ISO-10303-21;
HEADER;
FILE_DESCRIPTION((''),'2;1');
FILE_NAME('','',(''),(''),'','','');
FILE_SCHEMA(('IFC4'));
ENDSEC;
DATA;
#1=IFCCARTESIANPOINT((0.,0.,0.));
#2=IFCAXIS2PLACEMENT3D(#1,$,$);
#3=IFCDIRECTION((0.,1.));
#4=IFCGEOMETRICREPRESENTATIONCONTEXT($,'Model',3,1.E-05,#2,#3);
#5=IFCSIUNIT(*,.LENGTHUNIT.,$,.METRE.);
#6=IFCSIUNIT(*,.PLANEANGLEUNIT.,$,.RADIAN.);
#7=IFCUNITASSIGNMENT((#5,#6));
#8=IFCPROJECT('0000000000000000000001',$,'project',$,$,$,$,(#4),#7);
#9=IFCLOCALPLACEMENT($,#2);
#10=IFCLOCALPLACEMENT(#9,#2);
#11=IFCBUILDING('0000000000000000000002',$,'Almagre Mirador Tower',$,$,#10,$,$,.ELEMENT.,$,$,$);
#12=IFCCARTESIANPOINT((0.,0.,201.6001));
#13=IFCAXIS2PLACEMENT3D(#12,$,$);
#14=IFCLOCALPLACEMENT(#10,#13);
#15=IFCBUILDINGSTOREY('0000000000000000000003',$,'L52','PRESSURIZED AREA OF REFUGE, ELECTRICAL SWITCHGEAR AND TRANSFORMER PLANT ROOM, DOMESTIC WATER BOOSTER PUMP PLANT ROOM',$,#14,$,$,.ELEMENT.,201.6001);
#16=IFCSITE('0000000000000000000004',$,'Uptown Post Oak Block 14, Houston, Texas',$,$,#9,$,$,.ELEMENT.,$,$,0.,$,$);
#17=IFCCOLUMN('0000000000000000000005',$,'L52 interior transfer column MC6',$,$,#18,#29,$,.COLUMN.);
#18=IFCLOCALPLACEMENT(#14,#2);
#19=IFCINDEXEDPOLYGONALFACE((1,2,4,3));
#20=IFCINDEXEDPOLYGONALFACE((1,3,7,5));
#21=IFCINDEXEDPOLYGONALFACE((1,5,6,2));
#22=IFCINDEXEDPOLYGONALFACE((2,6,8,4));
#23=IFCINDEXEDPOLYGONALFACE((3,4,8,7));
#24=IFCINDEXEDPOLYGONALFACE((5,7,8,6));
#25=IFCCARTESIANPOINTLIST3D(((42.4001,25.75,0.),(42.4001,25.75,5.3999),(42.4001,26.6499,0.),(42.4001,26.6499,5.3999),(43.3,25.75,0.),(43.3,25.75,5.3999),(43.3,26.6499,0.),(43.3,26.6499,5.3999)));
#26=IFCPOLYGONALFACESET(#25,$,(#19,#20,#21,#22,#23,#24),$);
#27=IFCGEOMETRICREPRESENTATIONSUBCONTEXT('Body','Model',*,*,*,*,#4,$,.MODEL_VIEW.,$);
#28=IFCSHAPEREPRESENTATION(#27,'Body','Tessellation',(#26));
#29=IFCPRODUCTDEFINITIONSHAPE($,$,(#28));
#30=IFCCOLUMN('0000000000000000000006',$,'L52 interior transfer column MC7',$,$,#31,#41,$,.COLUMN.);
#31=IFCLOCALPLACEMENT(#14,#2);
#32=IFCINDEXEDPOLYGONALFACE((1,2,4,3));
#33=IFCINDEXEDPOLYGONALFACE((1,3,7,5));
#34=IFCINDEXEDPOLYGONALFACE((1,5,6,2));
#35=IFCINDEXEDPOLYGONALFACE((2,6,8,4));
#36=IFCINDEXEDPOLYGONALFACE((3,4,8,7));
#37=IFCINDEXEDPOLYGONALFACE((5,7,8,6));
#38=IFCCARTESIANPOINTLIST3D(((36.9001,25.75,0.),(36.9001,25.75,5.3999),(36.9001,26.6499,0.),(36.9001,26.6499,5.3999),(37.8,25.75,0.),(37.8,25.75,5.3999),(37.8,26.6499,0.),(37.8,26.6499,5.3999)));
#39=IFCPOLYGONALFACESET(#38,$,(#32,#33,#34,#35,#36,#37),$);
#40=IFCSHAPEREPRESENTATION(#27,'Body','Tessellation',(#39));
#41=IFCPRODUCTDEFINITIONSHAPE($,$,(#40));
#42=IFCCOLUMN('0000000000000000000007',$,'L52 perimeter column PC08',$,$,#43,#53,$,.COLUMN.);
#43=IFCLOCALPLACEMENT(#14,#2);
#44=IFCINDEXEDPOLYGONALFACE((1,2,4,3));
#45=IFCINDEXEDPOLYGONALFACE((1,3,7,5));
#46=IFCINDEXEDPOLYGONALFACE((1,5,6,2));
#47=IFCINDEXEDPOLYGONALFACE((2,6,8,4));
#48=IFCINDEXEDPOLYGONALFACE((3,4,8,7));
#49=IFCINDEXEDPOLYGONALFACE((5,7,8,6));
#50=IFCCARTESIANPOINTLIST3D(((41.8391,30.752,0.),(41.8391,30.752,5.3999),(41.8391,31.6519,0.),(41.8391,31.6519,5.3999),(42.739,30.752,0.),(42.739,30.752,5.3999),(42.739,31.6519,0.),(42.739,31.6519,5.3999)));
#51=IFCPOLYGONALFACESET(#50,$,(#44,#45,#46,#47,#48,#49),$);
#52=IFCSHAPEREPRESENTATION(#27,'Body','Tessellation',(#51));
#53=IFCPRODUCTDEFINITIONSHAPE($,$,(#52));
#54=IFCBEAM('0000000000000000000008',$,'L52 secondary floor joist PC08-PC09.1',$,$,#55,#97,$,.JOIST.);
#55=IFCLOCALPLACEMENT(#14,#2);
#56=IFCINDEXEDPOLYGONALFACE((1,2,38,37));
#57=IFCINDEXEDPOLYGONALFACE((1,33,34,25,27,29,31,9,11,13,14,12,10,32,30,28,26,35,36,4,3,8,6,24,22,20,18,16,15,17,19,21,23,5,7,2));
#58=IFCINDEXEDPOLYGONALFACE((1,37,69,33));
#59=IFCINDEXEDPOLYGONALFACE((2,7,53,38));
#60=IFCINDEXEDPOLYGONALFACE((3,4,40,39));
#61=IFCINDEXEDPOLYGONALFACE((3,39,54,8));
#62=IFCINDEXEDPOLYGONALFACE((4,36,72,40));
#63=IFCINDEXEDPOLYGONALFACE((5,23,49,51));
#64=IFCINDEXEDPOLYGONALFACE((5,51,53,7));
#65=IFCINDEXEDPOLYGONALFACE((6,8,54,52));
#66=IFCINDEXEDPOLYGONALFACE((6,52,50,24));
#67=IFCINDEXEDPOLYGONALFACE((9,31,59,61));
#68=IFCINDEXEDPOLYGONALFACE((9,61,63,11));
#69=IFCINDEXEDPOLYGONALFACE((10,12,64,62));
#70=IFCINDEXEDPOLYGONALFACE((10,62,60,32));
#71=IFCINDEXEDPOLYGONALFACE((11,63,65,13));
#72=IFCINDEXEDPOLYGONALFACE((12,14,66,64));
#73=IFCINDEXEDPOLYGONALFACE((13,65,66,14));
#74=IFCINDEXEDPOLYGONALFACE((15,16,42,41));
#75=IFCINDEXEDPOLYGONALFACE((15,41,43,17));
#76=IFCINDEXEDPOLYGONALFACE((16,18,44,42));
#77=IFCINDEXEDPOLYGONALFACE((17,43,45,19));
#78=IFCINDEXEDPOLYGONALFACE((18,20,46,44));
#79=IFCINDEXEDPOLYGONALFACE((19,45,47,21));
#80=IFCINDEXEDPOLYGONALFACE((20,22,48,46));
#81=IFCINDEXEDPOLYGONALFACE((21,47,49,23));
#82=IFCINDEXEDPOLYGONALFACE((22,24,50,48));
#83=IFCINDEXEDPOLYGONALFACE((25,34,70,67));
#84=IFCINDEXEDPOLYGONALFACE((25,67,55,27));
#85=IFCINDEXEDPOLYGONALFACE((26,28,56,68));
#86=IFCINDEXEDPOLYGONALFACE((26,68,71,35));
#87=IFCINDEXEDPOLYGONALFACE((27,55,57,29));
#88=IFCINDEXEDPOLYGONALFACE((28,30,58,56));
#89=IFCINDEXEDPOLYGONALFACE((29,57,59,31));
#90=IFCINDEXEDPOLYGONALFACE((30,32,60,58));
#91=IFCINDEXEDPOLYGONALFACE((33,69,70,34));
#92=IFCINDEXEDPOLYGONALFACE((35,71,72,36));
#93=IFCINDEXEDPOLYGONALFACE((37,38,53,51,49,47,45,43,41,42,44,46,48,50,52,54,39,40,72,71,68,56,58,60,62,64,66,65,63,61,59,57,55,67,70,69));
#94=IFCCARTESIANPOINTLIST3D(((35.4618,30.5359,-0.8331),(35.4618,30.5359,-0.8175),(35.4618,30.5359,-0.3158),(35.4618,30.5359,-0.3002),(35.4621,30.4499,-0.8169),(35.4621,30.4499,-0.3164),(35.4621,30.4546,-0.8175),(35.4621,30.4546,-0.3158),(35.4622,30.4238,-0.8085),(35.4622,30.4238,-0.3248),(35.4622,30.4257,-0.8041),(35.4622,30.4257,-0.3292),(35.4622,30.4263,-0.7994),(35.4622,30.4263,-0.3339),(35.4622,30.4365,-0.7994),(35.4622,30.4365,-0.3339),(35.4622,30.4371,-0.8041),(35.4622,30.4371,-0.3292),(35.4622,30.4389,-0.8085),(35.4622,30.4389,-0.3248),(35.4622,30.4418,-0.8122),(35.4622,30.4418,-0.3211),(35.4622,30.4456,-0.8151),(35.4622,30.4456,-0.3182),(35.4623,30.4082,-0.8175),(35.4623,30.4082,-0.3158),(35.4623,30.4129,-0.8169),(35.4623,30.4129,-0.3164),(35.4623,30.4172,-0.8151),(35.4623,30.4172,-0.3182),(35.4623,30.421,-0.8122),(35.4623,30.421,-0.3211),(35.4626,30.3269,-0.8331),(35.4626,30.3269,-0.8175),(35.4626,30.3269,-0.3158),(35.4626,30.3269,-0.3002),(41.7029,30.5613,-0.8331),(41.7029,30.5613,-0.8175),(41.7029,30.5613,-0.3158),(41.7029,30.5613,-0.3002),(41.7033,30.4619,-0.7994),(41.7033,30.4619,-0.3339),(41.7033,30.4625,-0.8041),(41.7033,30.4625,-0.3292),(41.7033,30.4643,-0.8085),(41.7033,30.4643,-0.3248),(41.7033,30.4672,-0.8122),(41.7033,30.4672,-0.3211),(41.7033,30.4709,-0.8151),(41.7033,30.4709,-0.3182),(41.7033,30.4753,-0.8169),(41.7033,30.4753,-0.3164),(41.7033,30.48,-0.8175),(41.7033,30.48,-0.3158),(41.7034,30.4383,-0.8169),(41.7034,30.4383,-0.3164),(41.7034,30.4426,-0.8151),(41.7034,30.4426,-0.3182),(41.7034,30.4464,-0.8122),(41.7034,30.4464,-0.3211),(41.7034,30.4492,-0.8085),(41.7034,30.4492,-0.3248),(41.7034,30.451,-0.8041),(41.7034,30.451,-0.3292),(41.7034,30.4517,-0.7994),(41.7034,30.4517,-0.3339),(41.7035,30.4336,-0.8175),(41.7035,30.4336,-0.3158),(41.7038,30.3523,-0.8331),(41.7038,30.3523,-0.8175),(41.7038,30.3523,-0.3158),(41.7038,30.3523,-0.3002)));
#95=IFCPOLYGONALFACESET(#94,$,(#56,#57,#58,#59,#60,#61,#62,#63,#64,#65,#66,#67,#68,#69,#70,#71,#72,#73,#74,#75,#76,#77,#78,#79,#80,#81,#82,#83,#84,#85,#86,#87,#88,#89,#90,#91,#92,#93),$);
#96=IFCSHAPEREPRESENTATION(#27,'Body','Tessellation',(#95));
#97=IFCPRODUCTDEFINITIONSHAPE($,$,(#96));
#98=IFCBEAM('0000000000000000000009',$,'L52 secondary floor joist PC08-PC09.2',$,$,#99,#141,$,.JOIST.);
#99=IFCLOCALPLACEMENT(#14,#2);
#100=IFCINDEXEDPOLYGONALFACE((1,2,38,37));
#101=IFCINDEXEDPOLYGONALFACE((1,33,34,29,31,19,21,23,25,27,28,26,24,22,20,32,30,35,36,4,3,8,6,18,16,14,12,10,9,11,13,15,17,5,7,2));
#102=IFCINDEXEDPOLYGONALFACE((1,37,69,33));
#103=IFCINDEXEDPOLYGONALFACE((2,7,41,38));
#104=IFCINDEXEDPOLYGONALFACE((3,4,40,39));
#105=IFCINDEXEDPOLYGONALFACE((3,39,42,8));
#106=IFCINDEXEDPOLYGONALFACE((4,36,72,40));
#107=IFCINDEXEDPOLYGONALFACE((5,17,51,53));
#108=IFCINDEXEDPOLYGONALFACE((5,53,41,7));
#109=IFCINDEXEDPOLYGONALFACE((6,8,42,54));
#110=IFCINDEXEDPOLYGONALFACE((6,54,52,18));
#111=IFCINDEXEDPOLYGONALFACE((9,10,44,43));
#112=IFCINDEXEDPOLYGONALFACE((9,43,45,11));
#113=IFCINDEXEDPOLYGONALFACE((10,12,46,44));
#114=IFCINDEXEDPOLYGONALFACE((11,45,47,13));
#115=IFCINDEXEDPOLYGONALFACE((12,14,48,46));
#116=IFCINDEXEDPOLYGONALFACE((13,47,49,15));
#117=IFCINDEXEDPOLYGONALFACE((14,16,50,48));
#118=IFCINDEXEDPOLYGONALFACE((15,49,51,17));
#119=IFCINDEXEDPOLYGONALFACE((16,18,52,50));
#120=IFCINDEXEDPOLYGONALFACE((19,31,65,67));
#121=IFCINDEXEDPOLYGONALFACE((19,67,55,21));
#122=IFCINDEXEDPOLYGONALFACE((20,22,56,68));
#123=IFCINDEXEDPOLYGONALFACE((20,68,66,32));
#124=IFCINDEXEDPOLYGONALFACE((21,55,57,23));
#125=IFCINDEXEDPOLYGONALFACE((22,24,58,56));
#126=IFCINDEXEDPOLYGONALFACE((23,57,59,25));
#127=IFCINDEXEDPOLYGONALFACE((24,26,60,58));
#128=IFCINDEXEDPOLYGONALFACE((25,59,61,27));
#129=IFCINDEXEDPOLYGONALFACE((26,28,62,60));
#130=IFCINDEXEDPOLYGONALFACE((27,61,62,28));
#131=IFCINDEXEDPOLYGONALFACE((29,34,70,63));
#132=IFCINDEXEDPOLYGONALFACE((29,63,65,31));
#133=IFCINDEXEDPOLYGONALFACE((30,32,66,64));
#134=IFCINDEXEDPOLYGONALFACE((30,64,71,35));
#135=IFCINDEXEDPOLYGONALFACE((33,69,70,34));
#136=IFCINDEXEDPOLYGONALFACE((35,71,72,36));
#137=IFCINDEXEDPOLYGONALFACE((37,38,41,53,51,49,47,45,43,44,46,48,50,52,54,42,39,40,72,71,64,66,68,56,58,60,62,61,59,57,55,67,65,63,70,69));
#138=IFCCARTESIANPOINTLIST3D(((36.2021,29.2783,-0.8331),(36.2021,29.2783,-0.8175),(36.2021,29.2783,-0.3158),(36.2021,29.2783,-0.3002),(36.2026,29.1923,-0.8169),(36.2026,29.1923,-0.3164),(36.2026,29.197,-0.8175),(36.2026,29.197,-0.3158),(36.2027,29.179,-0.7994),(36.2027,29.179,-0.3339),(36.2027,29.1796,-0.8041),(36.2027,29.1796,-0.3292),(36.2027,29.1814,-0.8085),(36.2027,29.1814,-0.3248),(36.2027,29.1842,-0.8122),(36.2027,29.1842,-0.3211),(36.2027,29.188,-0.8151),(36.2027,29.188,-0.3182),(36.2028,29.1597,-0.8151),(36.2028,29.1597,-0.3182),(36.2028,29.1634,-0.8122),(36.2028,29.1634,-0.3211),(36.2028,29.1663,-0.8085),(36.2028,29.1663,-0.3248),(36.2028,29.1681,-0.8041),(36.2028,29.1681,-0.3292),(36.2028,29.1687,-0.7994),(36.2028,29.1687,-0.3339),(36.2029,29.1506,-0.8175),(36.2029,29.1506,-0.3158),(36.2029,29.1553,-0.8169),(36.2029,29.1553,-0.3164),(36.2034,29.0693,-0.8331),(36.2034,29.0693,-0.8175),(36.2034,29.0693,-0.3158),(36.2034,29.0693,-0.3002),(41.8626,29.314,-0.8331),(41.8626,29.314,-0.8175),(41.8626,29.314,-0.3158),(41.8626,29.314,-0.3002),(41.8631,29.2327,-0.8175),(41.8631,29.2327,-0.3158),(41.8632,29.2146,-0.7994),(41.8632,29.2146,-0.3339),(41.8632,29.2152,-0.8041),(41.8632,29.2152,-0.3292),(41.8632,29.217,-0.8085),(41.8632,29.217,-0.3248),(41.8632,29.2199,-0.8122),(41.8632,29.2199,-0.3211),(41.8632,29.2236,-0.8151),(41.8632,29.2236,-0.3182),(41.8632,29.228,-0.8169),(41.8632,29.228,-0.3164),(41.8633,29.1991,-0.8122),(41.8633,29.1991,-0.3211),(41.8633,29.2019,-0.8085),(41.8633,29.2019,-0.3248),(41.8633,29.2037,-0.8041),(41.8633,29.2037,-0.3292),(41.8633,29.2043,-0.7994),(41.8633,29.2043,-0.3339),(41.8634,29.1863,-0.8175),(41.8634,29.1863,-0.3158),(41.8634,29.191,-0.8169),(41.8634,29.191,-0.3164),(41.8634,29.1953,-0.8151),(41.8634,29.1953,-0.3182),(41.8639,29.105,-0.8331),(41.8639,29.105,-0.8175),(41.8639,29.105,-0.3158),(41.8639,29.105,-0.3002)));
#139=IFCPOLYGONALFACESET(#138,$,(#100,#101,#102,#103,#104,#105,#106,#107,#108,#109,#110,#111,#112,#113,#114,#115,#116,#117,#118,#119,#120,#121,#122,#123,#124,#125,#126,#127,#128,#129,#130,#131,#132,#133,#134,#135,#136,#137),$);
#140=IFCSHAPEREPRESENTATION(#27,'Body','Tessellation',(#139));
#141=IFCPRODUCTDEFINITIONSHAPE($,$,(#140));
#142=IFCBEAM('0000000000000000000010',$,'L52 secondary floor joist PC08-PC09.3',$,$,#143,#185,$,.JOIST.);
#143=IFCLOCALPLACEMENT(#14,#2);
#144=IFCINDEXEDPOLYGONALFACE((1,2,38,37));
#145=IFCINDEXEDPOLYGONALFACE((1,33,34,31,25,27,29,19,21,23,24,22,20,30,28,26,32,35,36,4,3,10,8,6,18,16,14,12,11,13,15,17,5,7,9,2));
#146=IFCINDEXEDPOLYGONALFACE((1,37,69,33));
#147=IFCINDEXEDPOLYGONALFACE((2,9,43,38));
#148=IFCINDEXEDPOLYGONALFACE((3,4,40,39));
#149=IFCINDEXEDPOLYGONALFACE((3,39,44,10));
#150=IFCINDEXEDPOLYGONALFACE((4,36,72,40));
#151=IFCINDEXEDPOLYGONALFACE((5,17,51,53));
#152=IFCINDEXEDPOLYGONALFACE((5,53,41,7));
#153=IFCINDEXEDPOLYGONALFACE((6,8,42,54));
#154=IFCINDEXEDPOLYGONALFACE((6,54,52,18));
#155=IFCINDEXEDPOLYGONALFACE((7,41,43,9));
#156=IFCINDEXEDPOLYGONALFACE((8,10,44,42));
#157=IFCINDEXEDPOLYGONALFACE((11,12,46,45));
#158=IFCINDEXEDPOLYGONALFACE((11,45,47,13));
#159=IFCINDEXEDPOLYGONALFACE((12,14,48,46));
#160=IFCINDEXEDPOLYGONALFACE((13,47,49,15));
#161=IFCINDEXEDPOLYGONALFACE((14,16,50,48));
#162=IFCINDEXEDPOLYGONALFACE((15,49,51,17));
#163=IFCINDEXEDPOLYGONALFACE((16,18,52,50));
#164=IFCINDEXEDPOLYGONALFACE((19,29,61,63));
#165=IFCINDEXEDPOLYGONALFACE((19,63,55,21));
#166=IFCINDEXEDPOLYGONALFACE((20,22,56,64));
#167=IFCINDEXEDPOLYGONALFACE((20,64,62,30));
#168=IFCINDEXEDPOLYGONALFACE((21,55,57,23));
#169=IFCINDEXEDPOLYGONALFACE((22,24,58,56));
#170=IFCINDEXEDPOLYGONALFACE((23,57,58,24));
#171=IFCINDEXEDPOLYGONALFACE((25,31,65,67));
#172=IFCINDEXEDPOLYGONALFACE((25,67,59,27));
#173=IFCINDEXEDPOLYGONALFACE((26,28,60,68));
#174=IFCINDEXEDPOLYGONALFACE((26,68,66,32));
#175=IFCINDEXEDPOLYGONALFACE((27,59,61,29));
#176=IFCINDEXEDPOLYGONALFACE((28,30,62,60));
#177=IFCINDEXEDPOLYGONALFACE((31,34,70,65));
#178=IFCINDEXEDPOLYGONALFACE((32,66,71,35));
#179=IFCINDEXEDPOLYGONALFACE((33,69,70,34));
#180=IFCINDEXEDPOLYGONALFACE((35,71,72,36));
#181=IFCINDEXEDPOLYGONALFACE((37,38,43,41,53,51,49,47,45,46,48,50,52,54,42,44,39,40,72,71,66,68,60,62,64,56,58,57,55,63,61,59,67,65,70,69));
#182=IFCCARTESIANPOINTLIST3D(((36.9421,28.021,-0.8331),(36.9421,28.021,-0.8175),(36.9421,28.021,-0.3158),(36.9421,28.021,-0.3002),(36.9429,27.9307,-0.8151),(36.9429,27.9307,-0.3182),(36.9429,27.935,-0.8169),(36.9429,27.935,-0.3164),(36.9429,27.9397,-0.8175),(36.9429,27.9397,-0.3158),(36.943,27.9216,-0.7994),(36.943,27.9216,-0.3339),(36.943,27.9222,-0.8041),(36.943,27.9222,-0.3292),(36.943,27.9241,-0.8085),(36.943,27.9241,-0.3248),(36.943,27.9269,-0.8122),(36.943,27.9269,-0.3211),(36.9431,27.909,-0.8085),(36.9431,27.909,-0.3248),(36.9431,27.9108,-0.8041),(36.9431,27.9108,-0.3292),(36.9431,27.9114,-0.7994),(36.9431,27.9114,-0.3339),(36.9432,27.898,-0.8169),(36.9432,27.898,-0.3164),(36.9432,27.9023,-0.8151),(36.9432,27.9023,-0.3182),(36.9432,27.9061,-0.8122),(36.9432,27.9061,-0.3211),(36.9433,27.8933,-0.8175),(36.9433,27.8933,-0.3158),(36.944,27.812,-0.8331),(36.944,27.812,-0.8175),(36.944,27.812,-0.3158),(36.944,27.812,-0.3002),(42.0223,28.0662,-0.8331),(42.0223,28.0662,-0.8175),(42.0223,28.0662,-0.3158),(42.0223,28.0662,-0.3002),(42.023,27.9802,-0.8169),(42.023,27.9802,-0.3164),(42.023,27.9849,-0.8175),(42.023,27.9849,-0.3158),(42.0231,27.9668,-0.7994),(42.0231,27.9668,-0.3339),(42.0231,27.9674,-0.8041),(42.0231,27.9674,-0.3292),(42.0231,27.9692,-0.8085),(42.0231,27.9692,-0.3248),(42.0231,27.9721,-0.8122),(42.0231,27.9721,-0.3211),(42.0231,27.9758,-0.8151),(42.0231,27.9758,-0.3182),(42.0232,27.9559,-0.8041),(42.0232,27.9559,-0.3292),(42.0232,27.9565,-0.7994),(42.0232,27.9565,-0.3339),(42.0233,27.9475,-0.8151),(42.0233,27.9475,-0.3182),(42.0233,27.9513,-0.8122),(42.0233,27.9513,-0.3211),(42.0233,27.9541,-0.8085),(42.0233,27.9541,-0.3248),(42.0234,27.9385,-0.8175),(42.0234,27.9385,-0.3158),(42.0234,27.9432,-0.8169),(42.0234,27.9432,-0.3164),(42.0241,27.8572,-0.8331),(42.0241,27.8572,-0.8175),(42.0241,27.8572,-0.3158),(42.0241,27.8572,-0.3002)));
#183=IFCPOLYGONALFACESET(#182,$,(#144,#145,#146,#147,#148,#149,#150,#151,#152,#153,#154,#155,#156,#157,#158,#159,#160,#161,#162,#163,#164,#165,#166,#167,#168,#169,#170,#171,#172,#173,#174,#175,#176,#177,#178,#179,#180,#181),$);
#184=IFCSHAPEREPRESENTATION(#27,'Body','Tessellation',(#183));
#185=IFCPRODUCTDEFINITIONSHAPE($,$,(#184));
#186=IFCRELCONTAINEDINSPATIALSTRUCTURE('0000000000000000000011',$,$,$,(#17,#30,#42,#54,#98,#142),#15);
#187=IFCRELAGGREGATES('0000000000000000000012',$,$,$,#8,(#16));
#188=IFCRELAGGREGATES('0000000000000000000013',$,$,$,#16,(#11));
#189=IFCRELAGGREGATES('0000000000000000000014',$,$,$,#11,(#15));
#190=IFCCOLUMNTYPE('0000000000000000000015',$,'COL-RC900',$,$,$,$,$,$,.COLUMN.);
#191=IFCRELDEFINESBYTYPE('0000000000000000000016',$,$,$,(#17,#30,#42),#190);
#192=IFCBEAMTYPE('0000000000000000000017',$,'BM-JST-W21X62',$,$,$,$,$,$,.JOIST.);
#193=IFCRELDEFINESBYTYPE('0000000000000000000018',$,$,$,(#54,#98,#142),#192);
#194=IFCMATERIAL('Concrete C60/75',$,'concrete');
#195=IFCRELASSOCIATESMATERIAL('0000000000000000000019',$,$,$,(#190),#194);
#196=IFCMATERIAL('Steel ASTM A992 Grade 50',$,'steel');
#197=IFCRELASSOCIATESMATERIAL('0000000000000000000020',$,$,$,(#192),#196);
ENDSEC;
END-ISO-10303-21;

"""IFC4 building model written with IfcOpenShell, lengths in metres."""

from ifc_helpers import new_model, si_unit, direction, frame, origin, origin_2d, place, context, subcontext, project, spatial, rectangle, i_section, extrude, material, material_profile, profile_set, type_object, element, save


model = new_model("IFC4")

# Units and contexts
model_context = context("Model", 3, precision=1e-05, world=origin(), true_north=direction((0.0, 1.0)))
body_context = subcontext(model_context, "Body", "Model", "MODEL_VIEW")
ifc_project = project(units=[si_unit("LENGTHUNIT", "METRE"), si_unit("PLANEANGLEUNIT", "RADIAN")], contexts=[model_context])

# Site, building, storey
site_placement = place(None, origin())
site = spatial("IfcSite", under=ifc_project, at=site_placement, Name="Uptown Post Oak Block 14, Houston, Texas", CompositionType="ELEMENT", RefElevation=0.0)
building_placement = place(site_placement, origin())
building = spatial("IfcBuilding", under=site, at=building_placement, Name="Almagre Mirador Tower", CompositionType="ELEMENT")
storey_placement = place(building_placement, frame((0.0, 0.0, 201.6001)))
storey = spatial("IfcBuildingStorey", under=building, at=storey_placement, Name="L52", Description="PRESSURIZED AREA OF REFUGE, ELECTRICAL SWITCHGEAR AND TRANSFORMER PLANT ROOM, DOMESTIC WATER BOOSTER PUMP PLANT ROOM", CompositionType="ELEMENT", Elevation=201.6001)

# Columns
ifc_material_1 = material(Name="Concrete C60/75", Category="concrete")
ifc_material_profile_1 = material_profile(ifc_material_1, rectangle(XDim=0.8999, YDim=0.8999, at=origin_2d()), Name="RC900X900")
ifc_profile_set_1 = profile_set([ifc_material_profile_1], Name="Concrete C60/75")
column_type = type_object("IfcColumnType", Name="COL-RC900", PredefinedType="COLUMN", material=ifc_profile_set_1)
for number, where, z_axis, x_axis, name in (
    (1, (42.8501, 26.2, 0.0), (0.0, 0.0, 1.0), (1.0, 0.0, 0.0), "L52 interior transfer column MC6"),
    (2, (37.3501, 26.2, 0.0), (0.0, 0.0, 1.0), (1.0, 0.0, 0.0), "L52 interior transfer column MC7"),
    (3, (42.2891, 31.2019, 0.0), (0.0, 0.0, 1.0), (1.0, 0.0, 0.0), "L52 perimeter column PC08"),
):
    element("IfcColumn", number, at=place(storey_placement, frame(where, z_axis=z_axis, x_axis=x_axis)), inside=storey, type_object=column_type, Name=name, PredefinedType="COLUMN", context=body_context, shape_type="SweptSolid", body=[
        extrude(rectangle(XDim=0.8999, YDim=0.8999, at=origin_2d()), origin(), (0.0, 0.0, 1.0), 5.3999),
    ])

# Beams
ifc_material_2 = material(Name="Steel ASTM A992 Grade 50", Category="steel")
ifc_material_profile_2 = material_profile(ifc_material_2, i_section(OverallWidth=0.209, OverallDepth=0.533, WebThickness=0.0103, FlangeThickness=0.0156, FilletRadius=0.0181, at=origin_2d()), Name="W21X62")
ifc_profile_set_2 = profile_set([ifc_material_profile_2], Name="Steel ASTM A992 Grade 50")
beam_type_1 = type_object("IfcBeamType", Name="BM-JST-W21X62", PredefinedType="JOIST", material=ifc_profile_set_2)
beam_1_placement = place(storey_placement, frame((41.7034, 30.4568, -0.5667), z_axis=(-0.999992, -0.004068, 0.0), x_axis=(0.004068, -0.999992, 0.0)))
element("IfcBeam", 4, at=beam_1_placement, inside=storey, type_object=beam_type_1, Name="L52 secondary floor joist PC08-PC09.1", PredefinedType="JOIST", context=body_context, shape_type="SweptSolid", body=[
    extrude(i_section(OverallWidth=0.209, OverallDepth=0.533, WebThickness=0.0103, FlangeThickness=0.0156, FilletRadius=0.0181, at=origin_2d()), origin(), (0.0, 0.0, 1.0), 6.2412),
])
beam_2_placement = place(storey_placement, frame((41.8633, 29.2095, -0.5667), z_axis=(-0.99998, -0.006297, 0.0), x_axis=(0.006297, -0.99998, 0.0)))
element("IfcBeam", 5, at=beam_2_placement, inside=storey, type_object=beam_type_1, Name="L52 secondary floor joist PC08-PC09.2", PredefinedType="JOIST", context=body_context, shape_type="SweptSolid", body=[
    extrude(i_section(OverallWidth=0.209, OverallDepth=0.533, WebThickness=0.0103, FlangeThickness=0.0156, FilletRadius=0.0181, at=origin_2d()), origin(), (0.0, 0.0, 1.0), 5.6606),
])
beam_3_placement = place(storey_placement, frame((42.0232, 27.9617, -0.5667), z_axis=(-0.99996, -0.00889, 0.0), x_axis=(0.00889, -0.99996, 0.0)))
element("IfcBeam", 6, at=beam_3_placement, inside=storey, type_object=beam_type_1, Name="L52 secondary floor joist PC08-PC09.3", PredefinedType="JOIST", context=body_context, shape_type="SweptSolid", body=[
    extrude(i_section(OverallWidth=0.209, OverallDepth=0.533, WebThickness=0.0103, FlangeThickness=0.0156, FilletRadius=0.0181, at=origin_2d()), origin(), (0.0, 0.0, 1.0), 5.0803),
])

save(model, "model.ifc")
